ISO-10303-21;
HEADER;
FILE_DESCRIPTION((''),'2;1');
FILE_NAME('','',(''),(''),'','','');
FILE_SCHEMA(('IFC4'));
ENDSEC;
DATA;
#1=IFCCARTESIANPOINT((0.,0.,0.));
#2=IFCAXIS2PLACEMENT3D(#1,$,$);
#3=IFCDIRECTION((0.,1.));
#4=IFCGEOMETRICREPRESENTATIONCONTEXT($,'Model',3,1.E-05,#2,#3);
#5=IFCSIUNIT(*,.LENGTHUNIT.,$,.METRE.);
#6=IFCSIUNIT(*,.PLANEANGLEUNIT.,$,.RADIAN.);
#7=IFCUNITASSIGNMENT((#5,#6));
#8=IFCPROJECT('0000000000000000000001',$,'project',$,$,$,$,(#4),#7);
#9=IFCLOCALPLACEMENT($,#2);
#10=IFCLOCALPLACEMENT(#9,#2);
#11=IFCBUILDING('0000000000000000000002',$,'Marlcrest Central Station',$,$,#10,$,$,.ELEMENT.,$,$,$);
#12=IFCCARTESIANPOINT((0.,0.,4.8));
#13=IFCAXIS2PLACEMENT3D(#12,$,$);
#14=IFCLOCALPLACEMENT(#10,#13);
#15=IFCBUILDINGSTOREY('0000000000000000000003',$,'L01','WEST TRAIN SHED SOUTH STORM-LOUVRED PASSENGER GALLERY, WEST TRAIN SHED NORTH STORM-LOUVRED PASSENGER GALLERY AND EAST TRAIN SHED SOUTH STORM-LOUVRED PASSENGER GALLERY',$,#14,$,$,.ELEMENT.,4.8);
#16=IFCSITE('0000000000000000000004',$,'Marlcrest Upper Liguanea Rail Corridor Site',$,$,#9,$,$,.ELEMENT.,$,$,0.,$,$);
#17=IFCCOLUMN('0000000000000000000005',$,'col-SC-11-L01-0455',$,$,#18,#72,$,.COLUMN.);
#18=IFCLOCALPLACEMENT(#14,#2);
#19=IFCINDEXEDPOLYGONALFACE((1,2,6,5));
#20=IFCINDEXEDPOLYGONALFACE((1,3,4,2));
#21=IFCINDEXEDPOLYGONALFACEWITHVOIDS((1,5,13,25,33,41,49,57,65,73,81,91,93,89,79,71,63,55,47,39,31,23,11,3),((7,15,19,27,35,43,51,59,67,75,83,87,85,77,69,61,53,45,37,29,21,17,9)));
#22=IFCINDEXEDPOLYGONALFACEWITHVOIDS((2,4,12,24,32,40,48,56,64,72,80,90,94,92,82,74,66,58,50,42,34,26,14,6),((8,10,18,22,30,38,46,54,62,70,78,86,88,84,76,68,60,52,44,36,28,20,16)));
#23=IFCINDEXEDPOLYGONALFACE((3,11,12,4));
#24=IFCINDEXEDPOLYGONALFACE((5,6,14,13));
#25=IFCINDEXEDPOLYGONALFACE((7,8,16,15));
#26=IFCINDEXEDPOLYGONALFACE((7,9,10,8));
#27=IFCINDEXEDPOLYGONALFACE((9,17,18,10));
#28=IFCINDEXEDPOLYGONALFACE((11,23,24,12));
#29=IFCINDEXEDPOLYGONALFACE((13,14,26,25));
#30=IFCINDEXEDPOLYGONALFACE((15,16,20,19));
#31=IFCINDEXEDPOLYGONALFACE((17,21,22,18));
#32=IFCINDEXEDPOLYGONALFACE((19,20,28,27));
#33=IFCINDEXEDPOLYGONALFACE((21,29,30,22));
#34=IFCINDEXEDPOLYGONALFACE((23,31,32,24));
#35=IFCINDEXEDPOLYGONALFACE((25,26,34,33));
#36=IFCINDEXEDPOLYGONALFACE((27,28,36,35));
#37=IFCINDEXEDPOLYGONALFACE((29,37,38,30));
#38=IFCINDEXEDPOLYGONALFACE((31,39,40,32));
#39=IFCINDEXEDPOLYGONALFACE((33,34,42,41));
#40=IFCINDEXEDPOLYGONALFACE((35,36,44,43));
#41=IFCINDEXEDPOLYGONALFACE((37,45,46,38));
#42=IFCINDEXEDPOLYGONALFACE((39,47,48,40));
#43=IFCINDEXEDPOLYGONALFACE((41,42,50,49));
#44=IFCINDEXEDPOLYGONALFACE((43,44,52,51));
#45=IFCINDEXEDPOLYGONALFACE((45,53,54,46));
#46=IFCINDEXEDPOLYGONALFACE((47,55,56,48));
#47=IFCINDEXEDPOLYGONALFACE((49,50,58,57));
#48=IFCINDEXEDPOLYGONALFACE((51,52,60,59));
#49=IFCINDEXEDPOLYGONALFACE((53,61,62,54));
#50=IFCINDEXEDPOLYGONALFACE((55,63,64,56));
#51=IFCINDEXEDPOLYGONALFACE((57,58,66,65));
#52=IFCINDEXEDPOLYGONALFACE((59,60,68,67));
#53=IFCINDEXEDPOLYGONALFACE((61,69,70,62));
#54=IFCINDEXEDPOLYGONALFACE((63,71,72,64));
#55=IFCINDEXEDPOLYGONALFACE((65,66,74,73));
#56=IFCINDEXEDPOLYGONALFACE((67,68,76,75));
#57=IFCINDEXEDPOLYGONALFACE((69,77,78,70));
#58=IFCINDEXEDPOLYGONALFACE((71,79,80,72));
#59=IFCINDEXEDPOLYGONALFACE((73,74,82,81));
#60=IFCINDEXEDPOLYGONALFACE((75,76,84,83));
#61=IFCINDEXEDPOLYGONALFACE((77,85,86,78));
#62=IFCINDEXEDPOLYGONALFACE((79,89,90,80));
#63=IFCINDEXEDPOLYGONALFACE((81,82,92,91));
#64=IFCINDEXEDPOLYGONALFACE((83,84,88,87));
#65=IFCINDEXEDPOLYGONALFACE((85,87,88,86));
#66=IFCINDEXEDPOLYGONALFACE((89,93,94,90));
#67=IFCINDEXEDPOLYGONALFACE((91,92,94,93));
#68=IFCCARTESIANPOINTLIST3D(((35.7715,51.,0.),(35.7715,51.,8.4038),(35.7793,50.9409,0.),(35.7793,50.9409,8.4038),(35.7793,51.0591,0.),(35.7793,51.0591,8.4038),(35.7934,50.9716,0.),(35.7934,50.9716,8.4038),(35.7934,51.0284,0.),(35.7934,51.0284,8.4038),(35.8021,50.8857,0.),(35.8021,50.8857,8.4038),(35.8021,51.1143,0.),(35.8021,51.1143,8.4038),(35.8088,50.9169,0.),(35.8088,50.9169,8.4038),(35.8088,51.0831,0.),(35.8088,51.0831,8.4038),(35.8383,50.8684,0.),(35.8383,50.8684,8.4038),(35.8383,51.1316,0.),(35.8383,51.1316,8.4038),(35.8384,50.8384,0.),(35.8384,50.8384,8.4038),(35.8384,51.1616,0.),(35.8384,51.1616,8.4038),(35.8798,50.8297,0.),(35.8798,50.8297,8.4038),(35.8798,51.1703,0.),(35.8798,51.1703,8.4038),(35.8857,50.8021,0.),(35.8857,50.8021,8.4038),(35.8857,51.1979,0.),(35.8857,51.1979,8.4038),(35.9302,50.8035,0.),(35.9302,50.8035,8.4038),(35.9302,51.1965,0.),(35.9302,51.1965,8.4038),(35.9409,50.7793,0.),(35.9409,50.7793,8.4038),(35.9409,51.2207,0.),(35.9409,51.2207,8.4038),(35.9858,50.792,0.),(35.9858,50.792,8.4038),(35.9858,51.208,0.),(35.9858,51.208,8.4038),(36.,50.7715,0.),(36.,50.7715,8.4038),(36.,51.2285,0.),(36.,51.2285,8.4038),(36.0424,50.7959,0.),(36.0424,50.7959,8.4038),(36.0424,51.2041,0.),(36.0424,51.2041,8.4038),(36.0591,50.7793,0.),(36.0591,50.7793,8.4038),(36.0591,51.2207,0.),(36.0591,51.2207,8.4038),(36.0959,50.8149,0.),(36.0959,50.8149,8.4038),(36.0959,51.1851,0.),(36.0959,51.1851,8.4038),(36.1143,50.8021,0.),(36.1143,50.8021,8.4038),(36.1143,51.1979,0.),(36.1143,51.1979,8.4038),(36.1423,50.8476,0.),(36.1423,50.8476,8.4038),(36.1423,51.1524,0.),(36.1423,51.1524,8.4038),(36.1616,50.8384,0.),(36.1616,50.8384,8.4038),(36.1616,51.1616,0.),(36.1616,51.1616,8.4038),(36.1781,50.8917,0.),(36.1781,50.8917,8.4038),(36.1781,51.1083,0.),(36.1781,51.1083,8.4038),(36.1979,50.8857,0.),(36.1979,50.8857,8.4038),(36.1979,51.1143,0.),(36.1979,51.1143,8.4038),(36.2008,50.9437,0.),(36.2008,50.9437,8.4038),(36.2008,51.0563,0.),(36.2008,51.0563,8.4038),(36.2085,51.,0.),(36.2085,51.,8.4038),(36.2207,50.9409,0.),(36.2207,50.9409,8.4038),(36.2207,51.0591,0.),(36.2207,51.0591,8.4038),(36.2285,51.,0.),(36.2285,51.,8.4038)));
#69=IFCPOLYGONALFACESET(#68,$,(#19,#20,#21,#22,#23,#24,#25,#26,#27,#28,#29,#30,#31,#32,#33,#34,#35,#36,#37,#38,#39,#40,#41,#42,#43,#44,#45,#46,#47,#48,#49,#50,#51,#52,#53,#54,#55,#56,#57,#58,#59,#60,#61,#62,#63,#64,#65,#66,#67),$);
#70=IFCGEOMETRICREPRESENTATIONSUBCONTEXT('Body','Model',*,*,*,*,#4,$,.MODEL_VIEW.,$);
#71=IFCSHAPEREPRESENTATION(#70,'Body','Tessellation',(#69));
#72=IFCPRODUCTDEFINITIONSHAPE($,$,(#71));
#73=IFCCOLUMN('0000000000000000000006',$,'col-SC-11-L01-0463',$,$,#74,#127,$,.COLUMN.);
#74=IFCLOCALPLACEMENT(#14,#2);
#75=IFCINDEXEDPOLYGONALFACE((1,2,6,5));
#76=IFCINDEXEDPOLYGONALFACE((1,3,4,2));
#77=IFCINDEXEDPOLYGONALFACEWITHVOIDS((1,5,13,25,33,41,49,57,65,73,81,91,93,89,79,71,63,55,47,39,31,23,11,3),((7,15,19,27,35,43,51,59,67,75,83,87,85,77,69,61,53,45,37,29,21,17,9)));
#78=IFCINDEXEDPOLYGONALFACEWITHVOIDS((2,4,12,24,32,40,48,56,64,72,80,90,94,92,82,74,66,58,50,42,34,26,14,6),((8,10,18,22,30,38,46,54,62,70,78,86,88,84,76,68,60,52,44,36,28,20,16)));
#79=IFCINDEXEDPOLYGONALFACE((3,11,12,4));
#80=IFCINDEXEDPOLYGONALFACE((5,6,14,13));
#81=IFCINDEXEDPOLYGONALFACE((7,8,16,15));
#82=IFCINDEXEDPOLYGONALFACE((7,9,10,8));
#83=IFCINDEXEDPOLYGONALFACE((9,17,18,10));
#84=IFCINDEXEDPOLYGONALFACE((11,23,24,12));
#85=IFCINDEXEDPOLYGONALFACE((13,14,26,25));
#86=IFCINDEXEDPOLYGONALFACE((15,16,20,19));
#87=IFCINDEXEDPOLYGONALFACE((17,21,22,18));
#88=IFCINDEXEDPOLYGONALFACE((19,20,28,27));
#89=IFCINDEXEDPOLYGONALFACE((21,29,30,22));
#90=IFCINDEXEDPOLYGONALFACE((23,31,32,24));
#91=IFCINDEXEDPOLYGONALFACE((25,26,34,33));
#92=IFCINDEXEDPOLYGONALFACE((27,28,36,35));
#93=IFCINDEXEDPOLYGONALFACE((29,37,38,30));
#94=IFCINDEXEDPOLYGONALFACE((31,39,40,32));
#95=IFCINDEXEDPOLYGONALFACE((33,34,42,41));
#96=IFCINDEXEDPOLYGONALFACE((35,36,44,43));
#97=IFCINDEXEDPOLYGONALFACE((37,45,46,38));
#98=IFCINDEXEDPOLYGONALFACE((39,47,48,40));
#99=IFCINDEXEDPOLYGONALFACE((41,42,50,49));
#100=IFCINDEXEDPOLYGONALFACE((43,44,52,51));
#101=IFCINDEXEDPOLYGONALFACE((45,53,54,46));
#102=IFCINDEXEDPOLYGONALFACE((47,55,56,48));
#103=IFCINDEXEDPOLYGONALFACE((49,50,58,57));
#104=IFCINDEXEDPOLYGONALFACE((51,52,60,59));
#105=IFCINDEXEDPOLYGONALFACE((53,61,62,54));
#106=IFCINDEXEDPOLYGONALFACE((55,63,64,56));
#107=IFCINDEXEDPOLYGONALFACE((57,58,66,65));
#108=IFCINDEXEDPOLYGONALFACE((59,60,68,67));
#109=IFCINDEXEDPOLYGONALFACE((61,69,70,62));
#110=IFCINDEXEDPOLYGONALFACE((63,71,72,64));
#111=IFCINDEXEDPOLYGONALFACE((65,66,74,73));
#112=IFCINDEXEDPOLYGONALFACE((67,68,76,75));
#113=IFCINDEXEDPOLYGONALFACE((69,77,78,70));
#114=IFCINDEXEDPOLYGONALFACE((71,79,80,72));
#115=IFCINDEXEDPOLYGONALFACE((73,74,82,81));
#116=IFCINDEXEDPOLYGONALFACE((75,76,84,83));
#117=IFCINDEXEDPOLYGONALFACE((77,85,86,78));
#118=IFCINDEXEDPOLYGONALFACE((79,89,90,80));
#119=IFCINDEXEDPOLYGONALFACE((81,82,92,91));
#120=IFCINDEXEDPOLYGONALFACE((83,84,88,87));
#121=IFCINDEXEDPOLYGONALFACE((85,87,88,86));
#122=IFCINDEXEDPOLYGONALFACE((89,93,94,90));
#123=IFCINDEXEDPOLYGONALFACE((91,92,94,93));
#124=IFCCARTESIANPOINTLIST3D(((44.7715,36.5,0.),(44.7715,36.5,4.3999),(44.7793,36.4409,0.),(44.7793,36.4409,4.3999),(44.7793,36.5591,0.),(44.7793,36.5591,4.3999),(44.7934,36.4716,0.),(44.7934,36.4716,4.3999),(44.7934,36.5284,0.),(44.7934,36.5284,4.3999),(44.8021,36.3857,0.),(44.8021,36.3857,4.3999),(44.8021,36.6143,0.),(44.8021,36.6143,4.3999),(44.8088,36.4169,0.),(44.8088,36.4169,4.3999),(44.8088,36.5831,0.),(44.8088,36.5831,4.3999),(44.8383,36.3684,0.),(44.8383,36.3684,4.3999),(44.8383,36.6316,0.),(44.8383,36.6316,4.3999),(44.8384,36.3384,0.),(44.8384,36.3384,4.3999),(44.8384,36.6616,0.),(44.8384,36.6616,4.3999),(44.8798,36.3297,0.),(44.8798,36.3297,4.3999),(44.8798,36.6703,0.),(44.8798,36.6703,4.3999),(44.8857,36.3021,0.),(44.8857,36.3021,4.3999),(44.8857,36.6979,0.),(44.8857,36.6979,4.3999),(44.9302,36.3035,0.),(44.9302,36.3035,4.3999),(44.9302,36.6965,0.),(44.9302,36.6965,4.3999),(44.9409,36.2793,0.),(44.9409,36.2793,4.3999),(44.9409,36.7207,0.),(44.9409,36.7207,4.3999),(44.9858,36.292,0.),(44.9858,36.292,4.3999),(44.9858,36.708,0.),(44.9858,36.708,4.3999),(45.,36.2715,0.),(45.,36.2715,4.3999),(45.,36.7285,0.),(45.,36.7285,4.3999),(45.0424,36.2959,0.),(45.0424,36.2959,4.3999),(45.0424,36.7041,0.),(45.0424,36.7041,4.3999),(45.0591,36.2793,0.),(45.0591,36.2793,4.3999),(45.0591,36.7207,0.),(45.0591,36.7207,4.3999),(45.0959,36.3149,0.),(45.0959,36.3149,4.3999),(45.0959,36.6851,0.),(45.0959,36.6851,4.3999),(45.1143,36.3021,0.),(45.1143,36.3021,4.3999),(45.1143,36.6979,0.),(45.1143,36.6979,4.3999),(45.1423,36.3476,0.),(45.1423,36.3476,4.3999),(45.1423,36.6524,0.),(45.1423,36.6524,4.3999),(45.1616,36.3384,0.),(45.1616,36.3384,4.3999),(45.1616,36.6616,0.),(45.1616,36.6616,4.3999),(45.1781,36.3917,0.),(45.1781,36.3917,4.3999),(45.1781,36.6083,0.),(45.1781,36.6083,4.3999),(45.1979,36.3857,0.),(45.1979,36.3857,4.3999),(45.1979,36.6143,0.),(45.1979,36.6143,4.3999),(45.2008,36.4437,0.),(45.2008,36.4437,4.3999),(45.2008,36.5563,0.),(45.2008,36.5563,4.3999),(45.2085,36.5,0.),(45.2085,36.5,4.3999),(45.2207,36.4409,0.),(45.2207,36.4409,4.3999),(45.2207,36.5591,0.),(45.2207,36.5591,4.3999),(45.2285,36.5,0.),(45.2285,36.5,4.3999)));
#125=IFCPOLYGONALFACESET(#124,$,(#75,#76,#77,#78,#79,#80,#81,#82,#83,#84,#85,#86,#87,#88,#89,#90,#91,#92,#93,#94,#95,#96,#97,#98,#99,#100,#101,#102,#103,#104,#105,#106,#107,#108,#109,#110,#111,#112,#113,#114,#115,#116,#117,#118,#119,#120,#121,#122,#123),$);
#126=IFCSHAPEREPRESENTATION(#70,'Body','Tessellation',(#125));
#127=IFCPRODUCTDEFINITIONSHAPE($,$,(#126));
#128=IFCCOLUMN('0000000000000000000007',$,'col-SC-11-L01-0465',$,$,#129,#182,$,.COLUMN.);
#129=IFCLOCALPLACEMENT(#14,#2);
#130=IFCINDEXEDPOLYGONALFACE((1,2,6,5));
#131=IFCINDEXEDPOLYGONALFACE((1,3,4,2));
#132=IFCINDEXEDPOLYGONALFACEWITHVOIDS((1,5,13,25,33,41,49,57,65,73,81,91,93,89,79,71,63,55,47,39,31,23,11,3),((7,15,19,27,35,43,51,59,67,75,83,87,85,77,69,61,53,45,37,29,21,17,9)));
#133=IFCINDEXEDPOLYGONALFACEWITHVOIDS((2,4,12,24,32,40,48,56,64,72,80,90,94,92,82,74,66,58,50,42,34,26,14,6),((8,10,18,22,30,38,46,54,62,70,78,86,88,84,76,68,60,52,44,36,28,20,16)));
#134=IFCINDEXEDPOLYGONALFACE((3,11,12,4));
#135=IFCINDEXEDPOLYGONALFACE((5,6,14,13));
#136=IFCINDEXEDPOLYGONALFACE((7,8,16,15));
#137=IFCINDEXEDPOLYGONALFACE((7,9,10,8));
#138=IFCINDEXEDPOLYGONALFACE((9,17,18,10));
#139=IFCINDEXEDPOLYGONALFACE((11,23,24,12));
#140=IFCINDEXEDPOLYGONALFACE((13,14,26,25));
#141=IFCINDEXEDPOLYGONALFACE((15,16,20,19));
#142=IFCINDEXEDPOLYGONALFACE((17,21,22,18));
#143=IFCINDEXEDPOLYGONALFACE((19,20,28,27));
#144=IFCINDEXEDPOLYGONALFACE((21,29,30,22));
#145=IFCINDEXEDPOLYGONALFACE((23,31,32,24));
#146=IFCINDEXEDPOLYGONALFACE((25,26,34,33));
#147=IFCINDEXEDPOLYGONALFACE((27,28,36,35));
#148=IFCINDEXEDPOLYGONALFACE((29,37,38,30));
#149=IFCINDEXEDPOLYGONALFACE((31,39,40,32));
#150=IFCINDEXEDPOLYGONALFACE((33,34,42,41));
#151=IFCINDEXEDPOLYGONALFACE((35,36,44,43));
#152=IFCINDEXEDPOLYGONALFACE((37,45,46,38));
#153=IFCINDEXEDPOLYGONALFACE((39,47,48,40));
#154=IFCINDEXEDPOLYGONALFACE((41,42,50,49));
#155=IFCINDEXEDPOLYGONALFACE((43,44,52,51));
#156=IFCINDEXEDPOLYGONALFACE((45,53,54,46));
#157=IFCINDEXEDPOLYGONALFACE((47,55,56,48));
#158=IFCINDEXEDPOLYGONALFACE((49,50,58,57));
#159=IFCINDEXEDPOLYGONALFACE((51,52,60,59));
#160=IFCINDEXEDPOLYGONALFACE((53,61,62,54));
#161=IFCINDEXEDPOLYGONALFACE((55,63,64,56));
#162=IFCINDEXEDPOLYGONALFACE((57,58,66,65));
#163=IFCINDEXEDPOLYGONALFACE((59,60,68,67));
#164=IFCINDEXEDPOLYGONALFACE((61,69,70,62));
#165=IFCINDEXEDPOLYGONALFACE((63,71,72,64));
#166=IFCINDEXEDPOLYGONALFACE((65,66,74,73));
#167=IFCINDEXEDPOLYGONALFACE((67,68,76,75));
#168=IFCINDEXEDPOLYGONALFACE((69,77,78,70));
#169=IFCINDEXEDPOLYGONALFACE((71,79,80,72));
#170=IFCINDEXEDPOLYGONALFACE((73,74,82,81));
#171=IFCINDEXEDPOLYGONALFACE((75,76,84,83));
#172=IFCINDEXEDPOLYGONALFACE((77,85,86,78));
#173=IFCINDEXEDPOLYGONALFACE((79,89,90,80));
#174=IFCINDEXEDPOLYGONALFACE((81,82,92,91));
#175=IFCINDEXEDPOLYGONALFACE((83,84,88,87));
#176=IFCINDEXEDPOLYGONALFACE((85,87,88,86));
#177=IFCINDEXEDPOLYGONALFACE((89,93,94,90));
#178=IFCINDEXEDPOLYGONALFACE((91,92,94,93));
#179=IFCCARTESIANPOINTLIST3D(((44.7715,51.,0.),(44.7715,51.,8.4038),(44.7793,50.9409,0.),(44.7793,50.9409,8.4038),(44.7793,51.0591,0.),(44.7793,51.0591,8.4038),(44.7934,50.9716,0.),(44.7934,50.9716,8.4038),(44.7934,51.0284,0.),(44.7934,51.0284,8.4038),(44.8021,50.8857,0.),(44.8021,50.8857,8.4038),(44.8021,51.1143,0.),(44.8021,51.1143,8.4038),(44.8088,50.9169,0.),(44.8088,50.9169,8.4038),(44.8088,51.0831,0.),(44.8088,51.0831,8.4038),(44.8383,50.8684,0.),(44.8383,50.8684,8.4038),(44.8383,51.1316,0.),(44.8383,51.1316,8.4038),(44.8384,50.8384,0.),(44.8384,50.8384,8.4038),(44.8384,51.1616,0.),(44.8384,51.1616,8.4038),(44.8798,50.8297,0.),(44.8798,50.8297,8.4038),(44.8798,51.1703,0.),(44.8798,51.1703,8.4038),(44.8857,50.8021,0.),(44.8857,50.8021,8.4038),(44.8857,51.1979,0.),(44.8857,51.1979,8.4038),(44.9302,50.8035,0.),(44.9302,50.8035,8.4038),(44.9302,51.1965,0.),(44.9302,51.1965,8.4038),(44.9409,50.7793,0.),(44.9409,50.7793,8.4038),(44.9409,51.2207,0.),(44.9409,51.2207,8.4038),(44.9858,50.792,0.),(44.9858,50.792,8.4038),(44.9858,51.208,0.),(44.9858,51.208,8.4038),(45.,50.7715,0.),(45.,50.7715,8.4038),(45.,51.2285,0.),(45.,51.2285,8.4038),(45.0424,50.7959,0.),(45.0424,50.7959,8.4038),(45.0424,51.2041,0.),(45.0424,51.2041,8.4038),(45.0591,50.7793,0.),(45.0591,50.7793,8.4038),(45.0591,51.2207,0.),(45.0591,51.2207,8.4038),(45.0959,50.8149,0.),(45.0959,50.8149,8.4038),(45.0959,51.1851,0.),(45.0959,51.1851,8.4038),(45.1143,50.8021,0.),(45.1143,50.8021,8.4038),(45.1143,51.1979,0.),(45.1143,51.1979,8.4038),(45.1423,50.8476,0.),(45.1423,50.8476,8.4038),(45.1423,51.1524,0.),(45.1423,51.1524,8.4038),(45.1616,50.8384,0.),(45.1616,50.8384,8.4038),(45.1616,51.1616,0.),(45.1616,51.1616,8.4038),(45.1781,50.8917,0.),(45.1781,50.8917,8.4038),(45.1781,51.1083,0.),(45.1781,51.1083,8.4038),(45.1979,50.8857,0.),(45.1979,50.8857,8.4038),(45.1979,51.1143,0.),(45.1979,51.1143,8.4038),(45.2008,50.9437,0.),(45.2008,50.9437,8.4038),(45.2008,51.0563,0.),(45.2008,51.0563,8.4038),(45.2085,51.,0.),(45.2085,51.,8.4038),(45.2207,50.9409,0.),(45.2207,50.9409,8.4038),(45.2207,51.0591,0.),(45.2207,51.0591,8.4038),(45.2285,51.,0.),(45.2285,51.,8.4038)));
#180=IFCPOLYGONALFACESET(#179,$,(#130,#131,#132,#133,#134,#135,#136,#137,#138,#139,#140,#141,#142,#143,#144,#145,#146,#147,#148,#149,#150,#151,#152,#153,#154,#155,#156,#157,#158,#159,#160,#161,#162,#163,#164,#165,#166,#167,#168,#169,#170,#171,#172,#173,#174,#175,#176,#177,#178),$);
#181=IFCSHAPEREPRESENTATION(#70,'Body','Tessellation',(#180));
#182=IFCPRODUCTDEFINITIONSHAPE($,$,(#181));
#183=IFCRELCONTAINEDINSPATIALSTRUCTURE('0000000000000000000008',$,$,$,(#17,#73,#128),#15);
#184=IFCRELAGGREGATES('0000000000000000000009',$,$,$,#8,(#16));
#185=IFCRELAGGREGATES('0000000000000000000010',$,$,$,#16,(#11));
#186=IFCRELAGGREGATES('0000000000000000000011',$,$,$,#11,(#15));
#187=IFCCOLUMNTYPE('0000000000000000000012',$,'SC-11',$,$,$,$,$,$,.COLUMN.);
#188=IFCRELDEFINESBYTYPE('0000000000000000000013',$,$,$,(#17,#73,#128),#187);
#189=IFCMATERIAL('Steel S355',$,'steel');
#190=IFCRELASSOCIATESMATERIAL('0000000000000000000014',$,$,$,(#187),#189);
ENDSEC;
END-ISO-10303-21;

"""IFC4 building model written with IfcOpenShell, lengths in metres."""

from ifc_helpers import new_model, si_unit, direction, frame, origin, origin_2d, place, context, subcontext, project, spatial, hollow_circle, extrude, material, material_profile, profile_set, type_object, element, save


model = new_model("IFC4")

# Units and contexts
model_context = context("Model", 3, precision=1e-05, world=origin(), true_north=direction((0.0, 1.0)))
body_context = subcontext(model_context, "Body", "Model", "MODEL_VIEW")
ifc_project = project(units=[si_unit("LENGTHUNIT", "METRE"), si_unit("PLANEANGLEUNIT", "RADIAN")], contexts=[model_context])

# Site, building, storey
site_placement = place(None, origin())
site = spatial("IfcSite", under=ifc_project, at=site_placement, Name="Marlcrest Upper Liguanea Rail Corridor Site", CompositionType="ELEMENT", RefElevation=0.0)
building_placement = place(site_placement, origin())
building = spatial("IfcBuilding", under=site, at=building_placement, Name="Marlcrest Central Station", CompositionType="ELEMENT")
storey_placement = place(building_placement, frame((0.0, 0.0, 4.8)))
storey = spatial("IfcBuildingStorey", under=building, at=storey_placement, Name="L01", Description="WEST TRAIN SHED SOUTH STORM-LOUVRED PASSENGER GALLERY, WEST TRAIN SHED NORTH STORM-LOUVRED PASSENGER GALLERY AND EAST TRAIN SHED SOUTH STORM-LOUVRED PASSENGER GALLERY", CompositionType="ELEMENT", Elevation=4.8)

# Columns
ifc_material_1 = material(Name="Steel S355", Category="steel")
ifc_material_profile_1 = material_profile(ifc_material_1, hollow_circle(Radius=0.2285, WallThickness=0.02, at=origin_2d()), Name="CHS 457x20")
ifc_profile_set_1 = profile_set([ifc_material_profile_1], Name="Steel S355")
column_type_1 = type_object("IfcColumnType", Name="SC-11", PredefinedType="COLUMN", material=ifc_profile_set_1)
column_1_placement = place(storey_placement, frame((36.0, 51.0, 0.0), z_axis=(0.0, 0.0, 1.0), x_axis=(1.0, 0.0, 0.0)))
element("IfcColumn", 1, at=column_1_placement, inside=storey, type_object=column_type_1, Name="col-SC-11-L01-0455", PredefinedType="COLUMN", context=body_context, shape_type="SweptSolid", body=[
    extrude(hollow_circle(Radius=0.2285, WallThickness=0.02, at=origin_2d()), origin(), (0.0, 0.0, 1.0), 8.4038),
])
column_2_placement = place(storey_placement, frame((45.0, 36.5, 0.0), z_axis=(0.0, 0.0, 1.0), x_axis=(1.0, 0.0, 0.0)))
element("IfcColumn", 2, at=column_2_placement, inside=storey, type_object=column_type_1, Name="col-SC-11-L01-0463", PredefinedType="COLUMN", context=body_context, shape_type="SweptSolid", body=[
    extrude(hollow_circle(Radius=0.2285, WallThickness=0.02, at=origin_2d()), origin(), (0.0, 0.0, 1.0), 4.3999),
])
column_3_placement = place(storey_placement, frame((45.0, 51.0, 0.0), z_axis=(0.0, 0.0, 1.0), x_axis=(1.0, 0.0, 0.0)))
element("IfcColumn", 3, at=column_3_placement, inside=storey, type_object=column_type_1, Name="col-SC-11-L01-0465", PredefinedType="COLUMN", context=body_context, shape_type="SweptSolid", body=[
    extrude(hollow_circle(Radius=0.2285, WallThickness=0.02, at=origin_2d()), origin(), (0.0, 0.0, 1.0), 8.4038),
])

save(model, "model.ifc")
